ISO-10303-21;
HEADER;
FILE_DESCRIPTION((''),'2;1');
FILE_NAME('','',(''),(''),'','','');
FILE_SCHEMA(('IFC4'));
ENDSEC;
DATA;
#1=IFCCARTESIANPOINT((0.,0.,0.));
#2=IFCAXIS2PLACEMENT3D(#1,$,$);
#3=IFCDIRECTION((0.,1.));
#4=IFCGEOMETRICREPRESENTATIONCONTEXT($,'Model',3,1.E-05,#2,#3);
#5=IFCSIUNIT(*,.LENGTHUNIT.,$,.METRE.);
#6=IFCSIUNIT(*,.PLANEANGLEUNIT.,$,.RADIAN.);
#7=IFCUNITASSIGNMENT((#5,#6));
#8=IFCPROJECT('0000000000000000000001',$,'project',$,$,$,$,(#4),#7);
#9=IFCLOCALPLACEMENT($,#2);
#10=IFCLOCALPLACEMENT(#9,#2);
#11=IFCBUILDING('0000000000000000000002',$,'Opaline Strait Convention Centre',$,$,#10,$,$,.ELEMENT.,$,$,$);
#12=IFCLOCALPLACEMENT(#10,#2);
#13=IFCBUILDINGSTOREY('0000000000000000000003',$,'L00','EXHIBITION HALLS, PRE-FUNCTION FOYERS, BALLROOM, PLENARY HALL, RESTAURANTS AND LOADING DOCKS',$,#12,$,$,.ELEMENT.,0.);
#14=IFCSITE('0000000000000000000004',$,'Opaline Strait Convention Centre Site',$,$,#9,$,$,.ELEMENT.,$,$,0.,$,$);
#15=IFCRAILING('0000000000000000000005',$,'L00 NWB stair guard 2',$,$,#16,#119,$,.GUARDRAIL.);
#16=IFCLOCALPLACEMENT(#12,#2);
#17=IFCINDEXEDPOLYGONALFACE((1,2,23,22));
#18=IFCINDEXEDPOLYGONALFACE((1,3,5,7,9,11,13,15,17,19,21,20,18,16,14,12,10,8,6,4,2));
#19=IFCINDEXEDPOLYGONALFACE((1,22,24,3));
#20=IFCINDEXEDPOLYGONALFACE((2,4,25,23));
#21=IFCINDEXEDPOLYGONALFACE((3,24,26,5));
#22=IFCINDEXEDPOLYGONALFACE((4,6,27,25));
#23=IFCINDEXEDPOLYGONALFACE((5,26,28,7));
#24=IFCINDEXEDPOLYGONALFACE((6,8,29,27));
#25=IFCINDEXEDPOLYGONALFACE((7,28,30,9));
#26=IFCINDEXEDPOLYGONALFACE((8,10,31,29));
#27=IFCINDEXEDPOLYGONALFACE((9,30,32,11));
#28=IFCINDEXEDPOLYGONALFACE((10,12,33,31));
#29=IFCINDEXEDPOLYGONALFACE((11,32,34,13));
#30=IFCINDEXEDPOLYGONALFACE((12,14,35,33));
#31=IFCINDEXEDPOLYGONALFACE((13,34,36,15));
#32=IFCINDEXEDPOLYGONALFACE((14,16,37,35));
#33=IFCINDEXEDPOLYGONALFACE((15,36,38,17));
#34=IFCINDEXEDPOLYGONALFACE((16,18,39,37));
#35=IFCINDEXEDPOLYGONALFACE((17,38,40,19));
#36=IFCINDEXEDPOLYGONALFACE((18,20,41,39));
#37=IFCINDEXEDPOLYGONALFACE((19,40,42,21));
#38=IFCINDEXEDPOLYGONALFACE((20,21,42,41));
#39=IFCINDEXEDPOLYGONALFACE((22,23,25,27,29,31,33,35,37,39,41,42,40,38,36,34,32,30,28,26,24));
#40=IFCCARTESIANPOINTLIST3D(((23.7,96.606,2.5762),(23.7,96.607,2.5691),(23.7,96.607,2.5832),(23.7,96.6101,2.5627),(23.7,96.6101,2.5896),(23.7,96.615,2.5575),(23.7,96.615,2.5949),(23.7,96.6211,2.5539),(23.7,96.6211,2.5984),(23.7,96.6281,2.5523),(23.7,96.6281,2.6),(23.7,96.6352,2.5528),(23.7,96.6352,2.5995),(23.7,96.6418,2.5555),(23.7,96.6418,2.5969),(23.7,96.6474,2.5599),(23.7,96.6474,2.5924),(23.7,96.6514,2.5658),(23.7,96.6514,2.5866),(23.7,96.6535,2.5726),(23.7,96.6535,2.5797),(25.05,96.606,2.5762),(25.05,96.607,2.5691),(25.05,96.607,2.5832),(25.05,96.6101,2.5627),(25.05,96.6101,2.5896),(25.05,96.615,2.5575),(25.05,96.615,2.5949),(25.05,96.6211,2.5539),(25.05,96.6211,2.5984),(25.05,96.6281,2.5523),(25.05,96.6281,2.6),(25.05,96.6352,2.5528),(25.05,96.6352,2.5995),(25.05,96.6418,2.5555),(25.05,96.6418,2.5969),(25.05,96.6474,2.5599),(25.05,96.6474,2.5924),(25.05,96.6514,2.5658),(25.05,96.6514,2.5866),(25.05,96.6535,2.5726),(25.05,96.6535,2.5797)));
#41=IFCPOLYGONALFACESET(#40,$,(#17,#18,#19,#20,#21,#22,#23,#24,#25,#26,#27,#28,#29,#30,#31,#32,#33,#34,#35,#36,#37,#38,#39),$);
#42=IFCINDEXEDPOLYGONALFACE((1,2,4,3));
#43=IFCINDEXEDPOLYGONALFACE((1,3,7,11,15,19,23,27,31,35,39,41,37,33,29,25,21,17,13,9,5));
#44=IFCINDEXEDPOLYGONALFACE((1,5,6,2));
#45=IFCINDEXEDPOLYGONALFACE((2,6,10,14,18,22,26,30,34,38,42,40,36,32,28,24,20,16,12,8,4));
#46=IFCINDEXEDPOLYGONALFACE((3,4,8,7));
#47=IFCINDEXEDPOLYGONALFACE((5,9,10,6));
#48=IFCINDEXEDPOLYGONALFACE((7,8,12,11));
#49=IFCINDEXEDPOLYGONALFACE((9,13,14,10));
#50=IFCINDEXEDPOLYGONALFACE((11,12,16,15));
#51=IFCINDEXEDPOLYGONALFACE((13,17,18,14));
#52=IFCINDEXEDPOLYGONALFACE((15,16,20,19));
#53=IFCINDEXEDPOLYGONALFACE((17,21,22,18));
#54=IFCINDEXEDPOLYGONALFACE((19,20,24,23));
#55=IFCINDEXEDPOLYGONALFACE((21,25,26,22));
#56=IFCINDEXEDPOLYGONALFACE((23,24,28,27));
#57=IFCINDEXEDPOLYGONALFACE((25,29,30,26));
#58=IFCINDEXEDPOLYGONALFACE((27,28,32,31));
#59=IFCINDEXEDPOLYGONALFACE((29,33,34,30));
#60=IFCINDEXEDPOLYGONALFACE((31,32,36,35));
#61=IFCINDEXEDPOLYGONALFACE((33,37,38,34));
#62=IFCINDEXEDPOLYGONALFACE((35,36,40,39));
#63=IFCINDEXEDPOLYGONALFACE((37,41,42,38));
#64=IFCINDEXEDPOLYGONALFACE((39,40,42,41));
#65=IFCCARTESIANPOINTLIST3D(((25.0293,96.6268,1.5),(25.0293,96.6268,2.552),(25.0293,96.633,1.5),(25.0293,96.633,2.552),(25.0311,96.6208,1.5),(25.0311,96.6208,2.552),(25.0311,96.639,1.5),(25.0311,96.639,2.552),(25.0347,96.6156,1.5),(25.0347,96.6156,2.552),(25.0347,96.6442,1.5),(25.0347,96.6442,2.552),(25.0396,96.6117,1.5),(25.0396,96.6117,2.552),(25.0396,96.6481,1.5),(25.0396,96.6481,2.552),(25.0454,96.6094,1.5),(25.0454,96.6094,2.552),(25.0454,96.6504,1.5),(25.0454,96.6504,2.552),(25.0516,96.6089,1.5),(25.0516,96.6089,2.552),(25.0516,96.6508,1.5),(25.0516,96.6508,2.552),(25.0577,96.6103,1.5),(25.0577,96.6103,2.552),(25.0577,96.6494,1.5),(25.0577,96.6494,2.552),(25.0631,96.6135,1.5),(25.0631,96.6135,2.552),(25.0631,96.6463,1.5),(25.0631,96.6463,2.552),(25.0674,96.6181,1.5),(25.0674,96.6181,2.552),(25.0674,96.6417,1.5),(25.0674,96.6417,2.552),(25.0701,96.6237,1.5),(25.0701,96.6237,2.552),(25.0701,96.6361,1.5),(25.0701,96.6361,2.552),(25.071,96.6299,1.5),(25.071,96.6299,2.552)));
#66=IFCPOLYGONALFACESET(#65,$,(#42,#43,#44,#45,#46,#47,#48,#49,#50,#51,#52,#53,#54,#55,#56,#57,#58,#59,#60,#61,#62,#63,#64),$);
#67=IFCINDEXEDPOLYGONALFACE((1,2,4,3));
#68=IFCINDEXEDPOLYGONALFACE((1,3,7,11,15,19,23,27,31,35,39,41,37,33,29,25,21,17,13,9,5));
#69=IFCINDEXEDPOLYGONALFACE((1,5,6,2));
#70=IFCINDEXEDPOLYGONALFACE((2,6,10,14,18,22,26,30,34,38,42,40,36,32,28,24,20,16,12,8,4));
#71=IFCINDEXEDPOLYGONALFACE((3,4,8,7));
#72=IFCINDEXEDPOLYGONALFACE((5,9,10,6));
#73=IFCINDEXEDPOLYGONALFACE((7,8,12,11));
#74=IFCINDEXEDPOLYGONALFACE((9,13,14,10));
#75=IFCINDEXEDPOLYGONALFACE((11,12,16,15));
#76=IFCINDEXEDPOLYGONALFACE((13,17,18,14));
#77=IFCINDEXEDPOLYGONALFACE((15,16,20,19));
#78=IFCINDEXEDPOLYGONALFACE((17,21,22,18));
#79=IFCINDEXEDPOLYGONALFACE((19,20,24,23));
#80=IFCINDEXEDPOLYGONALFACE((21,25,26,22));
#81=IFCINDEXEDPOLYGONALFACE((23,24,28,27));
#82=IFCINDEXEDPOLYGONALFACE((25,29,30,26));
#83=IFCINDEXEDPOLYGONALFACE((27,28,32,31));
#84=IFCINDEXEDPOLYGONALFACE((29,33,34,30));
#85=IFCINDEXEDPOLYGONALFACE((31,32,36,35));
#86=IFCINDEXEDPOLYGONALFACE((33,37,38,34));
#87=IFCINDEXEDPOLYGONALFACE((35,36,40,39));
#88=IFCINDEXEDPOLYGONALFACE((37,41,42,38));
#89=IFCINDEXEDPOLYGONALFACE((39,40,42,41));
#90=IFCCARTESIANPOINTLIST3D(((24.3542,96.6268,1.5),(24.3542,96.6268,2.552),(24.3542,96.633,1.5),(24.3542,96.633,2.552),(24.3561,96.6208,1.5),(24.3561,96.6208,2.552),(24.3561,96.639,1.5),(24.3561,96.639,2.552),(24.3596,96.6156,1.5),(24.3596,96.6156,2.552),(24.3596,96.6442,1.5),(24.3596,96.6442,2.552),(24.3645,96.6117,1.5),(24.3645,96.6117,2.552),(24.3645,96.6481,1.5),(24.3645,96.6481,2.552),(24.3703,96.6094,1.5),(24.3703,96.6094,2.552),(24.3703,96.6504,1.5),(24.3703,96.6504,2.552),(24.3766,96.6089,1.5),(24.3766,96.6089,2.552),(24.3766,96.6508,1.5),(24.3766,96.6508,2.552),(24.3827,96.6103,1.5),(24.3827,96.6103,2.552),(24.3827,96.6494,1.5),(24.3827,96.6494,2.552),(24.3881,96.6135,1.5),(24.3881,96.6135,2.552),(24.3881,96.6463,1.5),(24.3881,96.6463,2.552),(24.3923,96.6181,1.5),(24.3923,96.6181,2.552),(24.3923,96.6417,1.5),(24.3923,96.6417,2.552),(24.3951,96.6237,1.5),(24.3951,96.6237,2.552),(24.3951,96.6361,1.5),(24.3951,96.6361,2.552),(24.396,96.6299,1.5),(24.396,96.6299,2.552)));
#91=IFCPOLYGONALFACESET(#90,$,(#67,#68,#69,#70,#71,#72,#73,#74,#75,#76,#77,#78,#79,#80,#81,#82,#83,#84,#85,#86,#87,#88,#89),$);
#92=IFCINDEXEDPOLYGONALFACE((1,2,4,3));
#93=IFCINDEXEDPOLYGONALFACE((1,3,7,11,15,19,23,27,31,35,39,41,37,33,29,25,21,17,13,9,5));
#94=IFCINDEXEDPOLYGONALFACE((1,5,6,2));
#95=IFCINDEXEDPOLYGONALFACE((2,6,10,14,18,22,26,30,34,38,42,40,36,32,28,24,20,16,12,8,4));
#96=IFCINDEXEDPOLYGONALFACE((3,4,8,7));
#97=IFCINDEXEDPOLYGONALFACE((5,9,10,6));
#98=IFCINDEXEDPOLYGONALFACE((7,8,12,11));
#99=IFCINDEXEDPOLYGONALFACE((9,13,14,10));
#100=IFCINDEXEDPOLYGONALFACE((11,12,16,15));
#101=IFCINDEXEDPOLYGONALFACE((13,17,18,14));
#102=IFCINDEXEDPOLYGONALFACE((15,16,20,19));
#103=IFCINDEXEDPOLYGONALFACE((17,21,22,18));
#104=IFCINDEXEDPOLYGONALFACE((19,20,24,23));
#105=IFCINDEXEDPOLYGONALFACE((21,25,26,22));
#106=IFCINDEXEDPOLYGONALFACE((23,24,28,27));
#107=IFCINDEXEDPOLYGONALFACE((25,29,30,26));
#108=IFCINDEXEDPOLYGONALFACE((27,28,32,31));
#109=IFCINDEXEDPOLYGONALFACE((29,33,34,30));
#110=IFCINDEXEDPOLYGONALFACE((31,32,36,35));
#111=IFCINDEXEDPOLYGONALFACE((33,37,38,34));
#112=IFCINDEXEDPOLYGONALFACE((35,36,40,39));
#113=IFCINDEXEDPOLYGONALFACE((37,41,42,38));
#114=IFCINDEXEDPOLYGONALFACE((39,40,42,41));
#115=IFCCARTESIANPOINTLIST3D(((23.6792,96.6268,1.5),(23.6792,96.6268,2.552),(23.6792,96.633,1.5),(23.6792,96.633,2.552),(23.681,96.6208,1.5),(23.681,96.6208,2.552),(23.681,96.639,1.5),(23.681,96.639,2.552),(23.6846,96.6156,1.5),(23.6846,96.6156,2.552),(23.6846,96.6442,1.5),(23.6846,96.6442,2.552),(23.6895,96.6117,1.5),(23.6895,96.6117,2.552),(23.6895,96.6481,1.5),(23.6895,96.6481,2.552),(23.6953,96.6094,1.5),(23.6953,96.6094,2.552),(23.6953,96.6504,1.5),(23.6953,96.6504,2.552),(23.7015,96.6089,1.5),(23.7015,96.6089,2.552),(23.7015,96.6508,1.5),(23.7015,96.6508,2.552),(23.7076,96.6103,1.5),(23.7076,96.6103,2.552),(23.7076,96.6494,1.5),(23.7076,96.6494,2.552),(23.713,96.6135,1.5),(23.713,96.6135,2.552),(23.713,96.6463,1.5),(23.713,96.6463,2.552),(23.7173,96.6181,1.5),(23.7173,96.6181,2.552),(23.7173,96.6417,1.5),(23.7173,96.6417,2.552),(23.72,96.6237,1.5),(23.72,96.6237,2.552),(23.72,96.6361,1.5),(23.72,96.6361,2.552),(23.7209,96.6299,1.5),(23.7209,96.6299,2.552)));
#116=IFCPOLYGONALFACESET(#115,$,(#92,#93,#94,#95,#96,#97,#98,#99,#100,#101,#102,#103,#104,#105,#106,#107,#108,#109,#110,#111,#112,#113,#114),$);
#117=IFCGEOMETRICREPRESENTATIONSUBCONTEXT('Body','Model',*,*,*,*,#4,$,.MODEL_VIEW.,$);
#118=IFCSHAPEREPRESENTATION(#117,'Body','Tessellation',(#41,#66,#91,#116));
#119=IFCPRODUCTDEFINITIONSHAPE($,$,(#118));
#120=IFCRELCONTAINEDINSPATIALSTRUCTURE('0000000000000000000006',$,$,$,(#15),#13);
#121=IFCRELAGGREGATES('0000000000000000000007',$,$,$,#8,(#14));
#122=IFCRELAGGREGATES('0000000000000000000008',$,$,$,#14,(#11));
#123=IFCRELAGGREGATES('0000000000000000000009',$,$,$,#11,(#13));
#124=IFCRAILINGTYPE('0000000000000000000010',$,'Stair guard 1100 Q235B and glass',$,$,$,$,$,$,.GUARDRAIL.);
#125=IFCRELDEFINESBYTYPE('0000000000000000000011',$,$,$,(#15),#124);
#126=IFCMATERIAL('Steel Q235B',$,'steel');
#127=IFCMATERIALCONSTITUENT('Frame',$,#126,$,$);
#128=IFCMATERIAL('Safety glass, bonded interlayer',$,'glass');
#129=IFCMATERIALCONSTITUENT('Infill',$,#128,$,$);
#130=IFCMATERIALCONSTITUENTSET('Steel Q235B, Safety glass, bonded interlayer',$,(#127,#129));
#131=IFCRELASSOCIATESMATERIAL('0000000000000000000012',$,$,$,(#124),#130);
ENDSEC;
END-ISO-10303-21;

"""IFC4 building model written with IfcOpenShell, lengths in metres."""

from ifc_helpers import new_model, si_unit, direction, frame, origin, origin_2d, place, context, subcontext, project, spatial, circle, extrude, material, constituent, constituent_set, type_object, element, save


model = new_model("IFC4")

# Units and contexts
model_context = context("Model", 3, precision=1e-05, world=origin(), true_north=direction((0.0, 1.0)))
body_context = subcontext(model_context, "Body", "Model", "MODEL_VIEW")
ifc_project = project(units=[si_unit("LENGTHUNIT", "METRE"), si_unit("PLANEANGLEUNIT", "RADIAN")], contexts=[model_context])

# Site, building, storey
site_placement = place(None, origin())
site = spatial("IfcSite", under=ifc_project, at=site_placement, Name="Opaline Strait Convention Centre Site", CompositionType="ELEMENT", RefElevation=0.0)
building_placement = place(site_placement, origin())
building = spatial("IfcBuilding", under=site, at=building_placement, Name="Opaline Strait Convention Centre", CompositionType="ELEMENT")
storey_placement = place(building_placement, origin())
storey = spatial("IfcBuildingStorey", under=building, at=storey_placement, Name="L00", Description="EXHIBITION HALLS, PRE-FUNCTION FOYERS, BALLROOM, PLENARY HALL, RESTAURANTS AND LOADING DOCKS", CompositionType="ELEMENT", Elevation=0.0)

# Railing
ifc_material_1 = material(Name="Steel Q235B", Category="steel")
ifc_constituent_1 = constituent(ifc_material_1, Name="Frame")
ifc_material_2 = material(Name="Safety glass, bonded interlayer", Category="glass")
ifc_constituent_2 = constituent(ifc_material_2, Name="Infill")
ifc_constituent_set = constituent_set(constituents=[ifc_constituent_1, ifc_constituent_2], Name="Steel Q235B, Safety glass, bonded interlayer")
railing_type_1 = type_object("IfcRailingType", Name="Stair guard 1100 Q235B and glass", PredefinedType="GUARDRAIL", material=ifc_constituent_set)
railing_1_placement = place(storey_placement, frame((25.05, 96.6299, 1.5)))
element("IfcRailing", 1, at=railing_1_placement, inside=storey, type_object=railing_type_1, Name="L00 NWB stair guard 2", PredefinedType="GUARDRAIL", context=body_context, shape_type="SweptSolid", body=[
    extrude(circle(Radius=0.0239, at=origin_2d()), frame((0.0, 0.0, 1.0762), z_axis=(-1.0, 0.0, 0.0), x_axis=(0.0, -1.0, 0.0)), (0.0, 0.0, 1.0), 1.3501),
    extrude(circle(Radius=0.021, at=origin_2d()), origin(), (0.0, 0.0, 1.0), 1.052),
    extrude(circle(Radius=0.021, at=origin_2d()), frame((-0.675, 0.0, 0.0)), (0.0, 0.0, 1.0), 1.052),
    extrude(circle(Radius=0.021, at=origin_2d()), frame((-1.3501, 0.0, 0.0)), (0.0, 0.0, 1.0), 1.052),
])

save(model, "model.ifc")
